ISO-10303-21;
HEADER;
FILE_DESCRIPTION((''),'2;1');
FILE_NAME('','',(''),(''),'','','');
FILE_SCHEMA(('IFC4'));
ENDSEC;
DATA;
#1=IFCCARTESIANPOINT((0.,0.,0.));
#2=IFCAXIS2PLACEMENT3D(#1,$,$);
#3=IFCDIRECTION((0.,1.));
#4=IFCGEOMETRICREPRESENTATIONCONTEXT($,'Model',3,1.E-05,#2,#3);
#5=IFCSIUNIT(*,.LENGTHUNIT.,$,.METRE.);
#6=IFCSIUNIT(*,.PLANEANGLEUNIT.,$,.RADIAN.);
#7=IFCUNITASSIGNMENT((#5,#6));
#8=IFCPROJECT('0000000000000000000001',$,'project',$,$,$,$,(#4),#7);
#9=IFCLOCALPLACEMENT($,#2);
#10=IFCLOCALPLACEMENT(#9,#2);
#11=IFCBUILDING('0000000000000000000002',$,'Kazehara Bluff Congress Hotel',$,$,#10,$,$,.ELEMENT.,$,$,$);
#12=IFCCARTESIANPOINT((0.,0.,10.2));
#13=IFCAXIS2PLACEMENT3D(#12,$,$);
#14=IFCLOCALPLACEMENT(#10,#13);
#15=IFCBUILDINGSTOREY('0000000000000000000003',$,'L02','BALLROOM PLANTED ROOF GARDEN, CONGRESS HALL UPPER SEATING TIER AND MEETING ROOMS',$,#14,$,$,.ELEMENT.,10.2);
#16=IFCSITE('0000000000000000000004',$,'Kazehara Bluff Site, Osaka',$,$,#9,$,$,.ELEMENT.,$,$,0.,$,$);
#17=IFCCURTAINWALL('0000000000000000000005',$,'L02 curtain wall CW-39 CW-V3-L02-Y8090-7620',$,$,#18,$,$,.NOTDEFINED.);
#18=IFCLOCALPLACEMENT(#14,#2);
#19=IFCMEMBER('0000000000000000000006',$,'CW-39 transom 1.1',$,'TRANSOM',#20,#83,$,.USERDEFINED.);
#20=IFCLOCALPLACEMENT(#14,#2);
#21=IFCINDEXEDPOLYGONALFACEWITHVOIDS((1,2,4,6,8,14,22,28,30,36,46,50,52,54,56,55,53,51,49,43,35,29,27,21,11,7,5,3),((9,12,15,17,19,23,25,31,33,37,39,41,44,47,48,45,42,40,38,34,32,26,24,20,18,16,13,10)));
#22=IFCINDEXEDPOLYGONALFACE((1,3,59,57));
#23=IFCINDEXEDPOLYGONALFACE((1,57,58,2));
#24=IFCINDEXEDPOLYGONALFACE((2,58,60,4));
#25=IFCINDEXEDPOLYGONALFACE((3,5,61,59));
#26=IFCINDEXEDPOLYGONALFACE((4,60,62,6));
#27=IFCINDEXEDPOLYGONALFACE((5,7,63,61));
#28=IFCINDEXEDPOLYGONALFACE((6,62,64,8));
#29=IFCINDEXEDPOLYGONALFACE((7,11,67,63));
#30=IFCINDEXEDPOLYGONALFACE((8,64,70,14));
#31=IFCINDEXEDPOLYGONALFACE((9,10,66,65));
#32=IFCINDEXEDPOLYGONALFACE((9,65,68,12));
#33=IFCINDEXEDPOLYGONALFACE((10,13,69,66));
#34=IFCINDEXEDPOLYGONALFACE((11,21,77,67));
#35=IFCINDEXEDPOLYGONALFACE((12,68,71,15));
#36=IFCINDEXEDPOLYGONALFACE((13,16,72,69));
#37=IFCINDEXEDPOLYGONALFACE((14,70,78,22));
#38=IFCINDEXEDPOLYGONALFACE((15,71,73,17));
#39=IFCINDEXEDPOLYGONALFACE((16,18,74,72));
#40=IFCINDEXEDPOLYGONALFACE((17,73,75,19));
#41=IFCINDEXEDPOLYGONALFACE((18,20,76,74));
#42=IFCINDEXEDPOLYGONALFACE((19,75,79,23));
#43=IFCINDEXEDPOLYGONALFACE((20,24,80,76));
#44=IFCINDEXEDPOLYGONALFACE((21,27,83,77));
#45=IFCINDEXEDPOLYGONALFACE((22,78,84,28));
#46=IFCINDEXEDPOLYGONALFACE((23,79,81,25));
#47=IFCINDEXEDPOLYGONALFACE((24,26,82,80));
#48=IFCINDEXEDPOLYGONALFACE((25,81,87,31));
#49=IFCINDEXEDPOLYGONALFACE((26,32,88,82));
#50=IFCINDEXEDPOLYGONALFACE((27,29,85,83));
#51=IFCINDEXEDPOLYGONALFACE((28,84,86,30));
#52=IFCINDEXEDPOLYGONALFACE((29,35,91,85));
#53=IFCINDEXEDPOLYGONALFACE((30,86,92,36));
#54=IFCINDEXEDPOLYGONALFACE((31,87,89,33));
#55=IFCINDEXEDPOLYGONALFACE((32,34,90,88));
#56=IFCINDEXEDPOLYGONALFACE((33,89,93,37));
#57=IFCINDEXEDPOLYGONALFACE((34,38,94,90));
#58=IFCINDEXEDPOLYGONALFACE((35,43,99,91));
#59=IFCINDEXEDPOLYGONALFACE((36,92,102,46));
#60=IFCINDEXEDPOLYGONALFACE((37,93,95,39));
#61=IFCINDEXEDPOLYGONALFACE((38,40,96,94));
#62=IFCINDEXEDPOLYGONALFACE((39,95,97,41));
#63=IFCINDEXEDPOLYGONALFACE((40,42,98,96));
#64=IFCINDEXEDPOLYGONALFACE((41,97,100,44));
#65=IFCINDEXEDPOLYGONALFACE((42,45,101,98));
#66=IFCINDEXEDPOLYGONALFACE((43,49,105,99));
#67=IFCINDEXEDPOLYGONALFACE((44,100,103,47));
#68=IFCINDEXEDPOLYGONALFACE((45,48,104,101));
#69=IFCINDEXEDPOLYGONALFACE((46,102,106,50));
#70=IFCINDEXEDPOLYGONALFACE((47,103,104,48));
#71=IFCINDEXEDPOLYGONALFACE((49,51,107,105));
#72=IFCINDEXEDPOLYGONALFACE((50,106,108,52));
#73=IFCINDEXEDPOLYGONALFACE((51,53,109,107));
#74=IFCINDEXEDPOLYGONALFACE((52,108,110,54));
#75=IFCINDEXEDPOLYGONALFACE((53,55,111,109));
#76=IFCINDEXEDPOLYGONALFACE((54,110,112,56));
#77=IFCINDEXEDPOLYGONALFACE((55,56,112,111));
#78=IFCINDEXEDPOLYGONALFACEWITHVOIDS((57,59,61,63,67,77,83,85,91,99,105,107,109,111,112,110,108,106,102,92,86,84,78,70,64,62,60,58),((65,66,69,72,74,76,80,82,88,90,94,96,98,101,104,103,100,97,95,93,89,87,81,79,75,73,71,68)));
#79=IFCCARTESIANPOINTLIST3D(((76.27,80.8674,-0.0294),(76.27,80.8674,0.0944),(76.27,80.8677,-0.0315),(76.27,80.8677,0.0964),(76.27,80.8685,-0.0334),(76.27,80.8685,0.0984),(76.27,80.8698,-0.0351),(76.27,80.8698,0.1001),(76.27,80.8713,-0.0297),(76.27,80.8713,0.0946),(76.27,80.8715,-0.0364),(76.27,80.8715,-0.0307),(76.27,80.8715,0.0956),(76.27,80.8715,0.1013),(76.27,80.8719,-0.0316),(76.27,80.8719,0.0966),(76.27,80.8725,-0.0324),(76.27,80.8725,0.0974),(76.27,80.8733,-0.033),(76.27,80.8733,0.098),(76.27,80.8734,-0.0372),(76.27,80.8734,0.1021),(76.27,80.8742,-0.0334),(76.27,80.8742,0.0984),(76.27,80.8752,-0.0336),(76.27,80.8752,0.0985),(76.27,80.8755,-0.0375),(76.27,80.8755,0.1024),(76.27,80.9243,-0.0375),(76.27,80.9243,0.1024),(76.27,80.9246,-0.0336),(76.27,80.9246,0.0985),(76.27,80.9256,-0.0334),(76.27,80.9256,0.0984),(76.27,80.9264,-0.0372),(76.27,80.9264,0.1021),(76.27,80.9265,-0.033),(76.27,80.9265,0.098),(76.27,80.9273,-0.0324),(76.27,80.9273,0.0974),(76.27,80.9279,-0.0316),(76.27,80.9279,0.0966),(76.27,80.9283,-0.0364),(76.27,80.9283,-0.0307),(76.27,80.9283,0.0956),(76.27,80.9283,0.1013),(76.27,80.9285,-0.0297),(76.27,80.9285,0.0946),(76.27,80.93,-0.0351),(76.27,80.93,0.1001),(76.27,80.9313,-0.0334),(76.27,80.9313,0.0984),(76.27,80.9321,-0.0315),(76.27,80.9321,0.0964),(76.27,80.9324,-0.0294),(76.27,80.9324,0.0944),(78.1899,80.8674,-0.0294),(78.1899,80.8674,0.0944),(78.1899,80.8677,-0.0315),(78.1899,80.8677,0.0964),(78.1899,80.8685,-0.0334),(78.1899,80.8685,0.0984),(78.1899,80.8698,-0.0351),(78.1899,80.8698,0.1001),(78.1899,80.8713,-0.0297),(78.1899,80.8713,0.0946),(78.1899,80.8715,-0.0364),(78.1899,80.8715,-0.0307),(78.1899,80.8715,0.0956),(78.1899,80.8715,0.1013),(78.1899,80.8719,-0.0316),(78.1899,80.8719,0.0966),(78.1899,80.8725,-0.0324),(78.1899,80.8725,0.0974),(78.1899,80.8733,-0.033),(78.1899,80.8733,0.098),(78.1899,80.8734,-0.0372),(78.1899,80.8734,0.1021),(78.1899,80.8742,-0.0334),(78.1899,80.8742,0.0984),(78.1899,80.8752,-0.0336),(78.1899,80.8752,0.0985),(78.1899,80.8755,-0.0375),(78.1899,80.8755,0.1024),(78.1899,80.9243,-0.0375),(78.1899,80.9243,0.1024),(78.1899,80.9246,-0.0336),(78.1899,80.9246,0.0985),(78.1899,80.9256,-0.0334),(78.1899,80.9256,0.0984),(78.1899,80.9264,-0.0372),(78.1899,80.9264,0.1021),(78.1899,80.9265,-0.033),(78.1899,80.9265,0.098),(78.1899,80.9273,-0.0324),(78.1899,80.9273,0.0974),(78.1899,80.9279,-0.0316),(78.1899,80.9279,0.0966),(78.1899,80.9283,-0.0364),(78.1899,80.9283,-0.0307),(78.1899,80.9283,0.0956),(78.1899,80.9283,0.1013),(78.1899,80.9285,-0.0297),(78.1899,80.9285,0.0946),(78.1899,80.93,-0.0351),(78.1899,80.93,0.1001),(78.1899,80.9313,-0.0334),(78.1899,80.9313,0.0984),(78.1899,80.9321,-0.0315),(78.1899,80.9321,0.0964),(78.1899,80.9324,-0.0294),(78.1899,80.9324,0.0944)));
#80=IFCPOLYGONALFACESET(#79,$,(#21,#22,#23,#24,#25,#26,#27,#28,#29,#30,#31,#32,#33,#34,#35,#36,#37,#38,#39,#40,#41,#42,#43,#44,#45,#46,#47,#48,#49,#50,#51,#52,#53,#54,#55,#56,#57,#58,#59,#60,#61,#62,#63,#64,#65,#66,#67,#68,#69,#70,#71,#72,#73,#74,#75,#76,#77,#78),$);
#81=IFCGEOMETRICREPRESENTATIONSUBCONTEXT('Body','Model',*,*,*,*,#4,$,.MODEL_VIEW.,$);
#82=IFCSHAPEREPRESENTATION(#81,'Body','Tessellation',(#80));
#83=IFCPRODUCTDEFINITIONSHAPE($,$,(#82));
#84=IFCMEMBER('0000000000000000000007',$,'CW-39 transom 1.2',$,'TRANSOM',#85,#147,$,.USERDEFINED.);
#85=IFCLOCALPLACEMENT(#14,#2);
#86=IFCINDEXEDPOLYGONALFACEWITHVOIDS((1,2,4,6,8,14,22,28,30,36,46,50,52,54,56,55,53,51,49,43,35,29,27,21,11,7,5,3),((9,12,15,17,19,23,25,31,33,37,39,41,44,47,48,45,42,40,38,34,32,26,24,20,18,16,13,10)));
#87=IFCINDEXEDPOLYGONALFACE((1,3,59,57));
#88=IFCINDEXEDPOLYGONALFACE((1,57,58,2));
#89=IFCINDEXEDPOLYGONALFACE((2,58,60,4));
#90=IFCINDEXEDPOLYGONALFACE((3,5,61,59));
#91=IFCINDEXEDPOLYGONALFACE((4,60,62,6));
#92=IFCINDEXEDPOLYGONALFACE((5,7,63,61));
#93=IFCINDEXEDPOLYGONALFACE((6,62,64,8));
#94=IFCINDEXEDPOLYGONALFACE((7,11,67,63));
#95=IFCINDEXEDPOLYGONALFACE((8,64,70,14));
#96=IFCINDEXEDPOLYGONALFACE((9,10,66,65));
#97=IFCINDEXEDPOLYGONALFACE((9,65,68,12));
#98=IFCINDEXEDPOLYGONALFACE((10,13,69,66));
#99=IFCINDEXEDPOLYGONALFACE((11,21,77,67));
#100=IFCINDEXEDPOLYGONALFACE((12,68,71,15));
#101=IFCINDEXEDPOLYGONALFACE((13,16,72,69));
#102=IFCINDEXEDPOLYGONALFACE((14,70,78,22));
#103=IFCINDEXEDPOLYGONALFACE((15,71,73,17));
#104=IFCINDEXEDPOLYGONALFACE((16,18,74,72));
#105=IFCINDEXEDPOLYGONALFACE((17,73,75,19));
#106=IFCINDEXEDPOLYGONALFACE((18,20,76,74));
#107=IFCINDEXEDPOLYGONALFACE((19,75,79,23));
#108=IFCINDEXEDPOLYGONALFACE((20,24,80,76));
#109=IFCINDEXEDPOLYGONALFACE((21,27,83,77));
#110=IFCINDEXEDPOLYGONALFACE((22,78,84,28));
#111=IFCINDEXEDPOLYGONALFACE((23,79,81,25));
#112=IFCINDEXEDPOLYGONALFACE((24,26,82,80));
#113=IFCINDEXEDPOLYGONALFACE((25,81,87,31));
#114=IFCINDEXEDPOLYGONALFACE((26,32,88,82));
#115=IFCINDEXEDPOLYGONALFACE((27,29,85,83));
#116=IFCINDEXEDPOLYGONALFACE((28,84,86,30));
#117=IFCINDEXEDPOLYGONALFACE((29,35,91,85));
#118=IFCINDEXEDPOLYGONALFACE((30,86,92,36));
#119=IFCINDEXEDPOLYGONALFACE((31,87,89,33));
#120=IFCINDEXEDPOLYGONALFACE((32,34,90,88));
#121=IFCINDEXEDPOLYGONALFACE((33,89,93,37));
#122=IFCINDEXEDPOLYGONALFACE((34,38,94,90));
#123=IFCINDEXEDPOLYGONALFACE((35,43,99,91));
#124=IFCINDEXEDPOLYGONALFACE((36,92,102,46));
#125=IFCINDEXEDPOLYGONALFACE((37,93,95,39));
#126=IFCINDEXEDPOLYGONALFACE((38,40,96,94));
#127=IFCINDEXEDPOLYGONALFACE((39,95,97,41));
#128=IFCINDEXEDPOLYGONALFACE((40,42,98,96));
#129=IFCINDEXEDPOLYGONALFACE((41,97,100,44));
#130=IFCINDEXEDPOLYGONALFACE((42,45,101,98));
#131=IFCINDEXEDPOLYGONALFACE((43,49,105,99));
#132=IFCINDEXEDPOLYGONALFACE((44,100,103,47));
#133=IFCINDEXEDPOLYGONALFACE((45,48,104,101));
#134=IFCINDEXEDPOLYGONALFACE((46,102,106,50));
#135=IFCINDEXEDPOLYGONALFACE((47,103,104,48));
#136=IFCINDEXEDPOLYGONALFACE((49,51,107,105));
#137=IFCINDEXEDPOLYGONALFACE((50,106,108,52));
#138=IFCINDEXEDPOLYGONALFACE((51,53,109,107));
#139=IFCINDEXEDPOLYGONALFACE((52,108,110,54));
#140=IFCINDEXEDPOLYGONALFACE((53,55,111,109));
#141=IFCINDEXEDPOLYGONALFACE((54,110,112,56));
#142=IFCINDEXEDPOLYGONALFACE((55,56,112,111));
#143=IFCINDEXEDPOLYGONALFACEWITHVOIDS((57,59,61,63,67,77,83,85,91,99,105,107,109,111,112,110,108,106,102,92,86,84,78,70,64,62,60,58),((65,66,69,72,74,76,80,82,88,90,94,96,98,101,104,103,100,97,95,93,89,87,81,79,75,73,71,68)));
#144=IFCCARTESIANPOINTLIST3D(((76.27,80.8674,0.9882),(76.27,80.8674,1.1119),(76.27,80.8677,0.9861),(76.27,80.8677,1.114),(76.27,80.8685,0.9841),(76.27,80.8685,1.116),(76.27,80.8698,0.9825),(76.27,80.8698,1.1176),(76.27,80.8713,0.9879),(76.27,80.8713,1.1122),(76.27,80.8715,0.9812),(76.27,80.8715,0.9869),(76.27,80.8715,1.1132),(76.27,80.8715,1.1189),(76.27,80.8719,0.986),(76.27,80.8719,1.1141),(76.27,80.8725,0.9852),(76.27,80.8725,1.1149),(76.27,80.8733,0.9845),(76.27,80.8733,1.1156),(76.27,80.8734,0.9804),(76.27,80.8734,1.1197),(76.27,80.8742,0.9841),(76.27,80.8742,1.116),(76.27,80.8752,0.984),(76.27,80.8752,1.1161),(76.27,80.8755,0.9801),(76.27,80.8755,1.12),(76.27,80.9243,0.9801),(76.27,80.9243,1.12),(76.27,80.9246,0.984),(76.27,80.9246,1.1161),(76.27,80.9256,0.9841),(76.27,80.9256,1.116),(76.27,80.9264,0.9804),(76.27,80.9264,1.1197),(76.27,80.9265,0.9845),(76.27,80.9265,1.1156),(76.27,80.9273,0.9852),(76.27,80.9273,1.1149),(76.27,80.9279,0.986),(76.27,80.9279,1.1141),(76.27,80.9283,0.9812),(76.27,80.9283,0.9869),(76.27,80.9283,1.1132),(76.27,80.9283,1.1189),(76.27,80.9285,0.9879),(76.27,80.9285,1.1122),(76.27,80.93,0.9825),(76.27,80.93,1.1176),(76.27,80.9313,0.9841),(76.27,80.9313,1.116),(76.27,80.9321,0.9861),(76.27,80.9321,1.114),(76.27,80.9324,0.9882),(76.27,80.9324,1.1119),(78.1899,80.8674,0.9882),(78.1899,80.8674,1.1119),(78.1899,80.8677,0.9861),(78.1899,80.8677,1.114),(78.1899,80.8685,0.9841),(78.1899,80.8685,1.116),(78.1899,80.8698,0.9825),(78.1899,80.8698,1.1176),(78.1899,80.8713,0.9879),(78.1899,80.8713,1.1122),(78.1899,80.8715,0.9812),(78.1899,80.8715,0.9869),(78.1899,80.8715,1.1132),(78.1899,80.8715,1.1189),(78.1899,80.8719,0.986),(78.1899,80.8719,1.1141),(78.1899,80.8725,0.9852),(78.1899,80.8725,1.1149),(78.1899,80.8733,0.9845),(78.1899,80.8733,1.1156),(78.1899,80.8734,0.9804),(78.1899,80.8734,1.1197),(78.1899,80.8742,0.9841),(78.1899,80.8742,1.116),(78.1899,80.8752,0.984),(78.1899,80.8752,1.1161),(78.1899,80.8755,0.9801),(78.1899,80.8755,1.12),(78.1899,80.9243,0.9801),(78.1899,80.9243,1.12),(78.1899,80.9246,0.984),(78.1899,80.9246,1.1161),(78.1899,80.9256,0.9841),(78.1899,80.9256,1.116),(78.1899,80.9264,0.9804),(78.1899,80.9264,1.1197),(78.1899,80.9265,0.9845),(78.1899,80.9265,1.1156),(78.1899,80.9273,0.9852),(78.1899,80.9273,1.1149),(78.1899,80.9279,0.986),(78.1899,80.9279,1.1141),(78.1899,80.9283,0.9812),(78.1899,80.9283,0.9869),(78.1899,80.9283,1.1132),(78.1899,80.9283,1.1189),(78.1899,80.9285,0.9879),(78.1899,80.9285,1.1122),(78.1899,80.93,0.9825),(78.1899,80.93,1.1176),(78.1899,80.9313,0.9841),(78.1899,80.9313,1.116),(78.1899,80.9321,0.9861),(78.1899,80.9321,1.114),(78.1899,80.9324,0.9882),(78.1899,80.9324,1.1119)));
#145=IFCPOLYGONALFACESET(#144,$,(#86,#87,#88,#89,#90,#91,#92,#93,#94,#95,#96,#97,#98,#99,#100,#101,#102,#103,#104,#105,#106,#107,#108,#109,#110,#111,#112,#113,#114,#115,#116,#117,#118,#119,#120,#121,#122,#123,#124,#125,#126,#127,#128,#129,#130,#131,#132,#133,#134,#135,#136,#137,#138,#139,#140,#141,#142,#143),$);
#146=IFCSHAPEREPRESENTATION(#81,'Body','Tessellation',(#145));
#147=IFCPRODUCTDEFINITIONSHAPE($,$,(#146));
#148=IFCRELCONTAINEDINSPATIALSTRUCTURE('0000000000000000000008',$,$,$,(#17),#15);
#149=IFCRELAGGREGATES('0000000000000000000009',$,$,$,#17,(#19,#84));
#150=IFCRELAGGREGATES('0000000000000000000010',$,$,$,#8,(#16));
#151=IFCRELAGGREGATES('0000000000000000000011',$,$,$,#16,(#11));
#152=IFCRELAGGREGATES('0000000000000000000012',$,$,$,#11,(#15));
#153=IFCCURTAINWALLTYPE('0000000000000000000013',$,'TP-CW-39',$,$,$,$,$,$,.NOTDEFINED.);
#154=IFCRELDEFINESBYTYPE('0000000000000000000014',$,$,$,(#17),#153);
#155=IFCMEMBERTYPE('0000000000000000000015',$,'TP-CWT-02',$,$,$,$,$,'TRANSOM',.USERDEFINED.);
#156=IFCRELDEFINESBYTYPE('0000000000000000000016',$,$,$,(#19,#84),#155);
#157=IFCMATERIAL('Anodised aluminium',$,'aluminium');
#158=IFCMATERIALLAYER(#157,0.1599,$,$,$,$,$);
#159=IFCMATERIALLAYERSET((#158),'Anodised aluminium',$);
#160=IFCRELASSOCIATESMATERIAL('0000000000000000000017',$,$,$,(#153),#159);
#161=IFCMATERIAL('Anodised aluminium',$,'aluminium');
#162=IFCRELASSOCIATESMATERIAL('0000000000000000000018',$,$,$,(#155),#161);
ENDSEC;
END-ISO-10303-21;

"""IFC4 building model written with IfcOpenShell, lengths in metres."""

from ifc_helpers import new_model, si_unit, direction, frame, origin, origin_2d, place, context, subcontext, project, spatial, hollow_rectangle, extrude, material, layer, layer_set, material_profile, profile_set, type_object, element, aggregate, save


model = new_model("IFC4")

# Units and contexts
model_context = context("Model", 3, precision=1e-05, world=origin(), true_north=direction((0.0, 1.0)))
body_context = subcontext(model_context, "Body", "Model", "MODEL_VIEW")
ifc_project = project(units=[si_unit("LENGTHUNIT", "METRE"), si_unit("PLANEANGLEUNIT", "RADIAN")], contexts=[model_context])

# Site, building, storey
site_placement = place(None, origin())
site = spatial("IfcSite", under=ifc_project, at=site_placement, Name="Kazehara Bluff Site, Osaka", CompositionType="ELEMENT", RefElevation=0.0)
building_placement = place(site_placement, origin())
building = spatial("IfcBuilding", under=site, at=building_placement, Name="Kazehara Bluff Congress Hotel", CompositionType="ELEMENT")
storey_placement = place(building_placement, frame((0.0, 0.0, 10.2)))
storey = spatial("IfcBuildingStorey", under=building, at=storey_placement, Name="L02", Description="BALLROOM PLANTED ROOF GARDEN, CONGRESS HALL UPPER SEATING TIER AND MEETING ROOMS", CompositionType="ELEMENT", Elevation=10.2)

# Shared definitions
ifc_material_1 = material(Name="Anodised aluminium", Category="aluminium")
ifc_layer_1 = layer(ifc_material_1, 0.1599)
ifc_layer_set_1 = layer_set([ifc_layer_1], Name="Anodised aluminium")
curtain_wall_type = type_object("IfcCurtainWallType", Name="TP-CW-39", PredefinedType="NOTDEFINED", material=ifc_layer_set_1)

# Curtain wall, members
curtain_wall_1_placement = place(storey_placement, origin())
curtain_wall_1 = element("IfcCurtainWall", 1, at=curtain_wall_1_placement, inside=storey, type_object=curtain_wall_type, Name="L02 curtain wall CW-39 CW-V3-L02-Y8090-7620", PredefinedType="NOTDEFINED")
ifc_material_2 = material(Name="Anodised aluminium", Category="aluminium")
ifc_material_profile_1 = material_profile(ifc_material_2, hollow_rectangle(XDim=0.0649, YDim=0.1399, WallThickness=0.0039, InnerFilletRadius=0.0039, OuterFilletRadius=0.0081, at=origin_2d()))
ifc_profile_set_1 = profile_set([ifc_material_profile_1], Name="Anodised aluminium")
member_type_1 = type_object("IfcMemberType", Name="TP-CWT-02", ElementType="TRANSOM", PredefinedType="USERDEFINED", material=ifc_profile_set_1)
member_1_placement = place(storey_placement, frame((76.27, 80.8999, 0.0325), z_axis=(1.0, 0.0, 0.0), x_axis=(0.0, 1.0, 0.0)))
member_1 = element("IfcMember", 2, at=member_1_placement, type_object=member_type_1, Name="CW-39 transom 1.1", ObjectType="TRANSOM", PredefinedType="USERDEFINED", context=body_context, shape_type="SweptSolid", body=[
    extrude(hollow_rectangle(XDim=0.0649, YDim=0.1399, WallThickness=0.0039, InnerFilletRadius=0.0039, OuterFilletRadius=0.0081, at=origin_2d()), origin(), (0.0, 0.0, 1.0), 1.9199),
])
member_2_placement = place(storey_placement, frame((76.27, 80.8999, 1.05), z_axis=(1.0, 0.0, 0.0), x_axis=(0.0, 1.0, 0.0)))
member_2 = element("IfcMember", 3, at=member_2_placement, type_object=member_type_1, Name="CW-39 transom 1.2", ObjectType="TRANSOM", PredefinedType="USERDEFINED", context=body_context, shape_type="SweptSolid", body=[
    extrude(hollow_rectangle(XDim=0.0649, YDim=0.1399, WallThickness=0.0039, InnerFilletRadius=0.0039, OuterFilletRadius=0.0081, at=origin_2d()), origin(), (0.0, 0.0, 1.0), 1.9199),
])

aggregate(curtain_wall_1, [member_1, member_2])

save(model, "model.ifc")
